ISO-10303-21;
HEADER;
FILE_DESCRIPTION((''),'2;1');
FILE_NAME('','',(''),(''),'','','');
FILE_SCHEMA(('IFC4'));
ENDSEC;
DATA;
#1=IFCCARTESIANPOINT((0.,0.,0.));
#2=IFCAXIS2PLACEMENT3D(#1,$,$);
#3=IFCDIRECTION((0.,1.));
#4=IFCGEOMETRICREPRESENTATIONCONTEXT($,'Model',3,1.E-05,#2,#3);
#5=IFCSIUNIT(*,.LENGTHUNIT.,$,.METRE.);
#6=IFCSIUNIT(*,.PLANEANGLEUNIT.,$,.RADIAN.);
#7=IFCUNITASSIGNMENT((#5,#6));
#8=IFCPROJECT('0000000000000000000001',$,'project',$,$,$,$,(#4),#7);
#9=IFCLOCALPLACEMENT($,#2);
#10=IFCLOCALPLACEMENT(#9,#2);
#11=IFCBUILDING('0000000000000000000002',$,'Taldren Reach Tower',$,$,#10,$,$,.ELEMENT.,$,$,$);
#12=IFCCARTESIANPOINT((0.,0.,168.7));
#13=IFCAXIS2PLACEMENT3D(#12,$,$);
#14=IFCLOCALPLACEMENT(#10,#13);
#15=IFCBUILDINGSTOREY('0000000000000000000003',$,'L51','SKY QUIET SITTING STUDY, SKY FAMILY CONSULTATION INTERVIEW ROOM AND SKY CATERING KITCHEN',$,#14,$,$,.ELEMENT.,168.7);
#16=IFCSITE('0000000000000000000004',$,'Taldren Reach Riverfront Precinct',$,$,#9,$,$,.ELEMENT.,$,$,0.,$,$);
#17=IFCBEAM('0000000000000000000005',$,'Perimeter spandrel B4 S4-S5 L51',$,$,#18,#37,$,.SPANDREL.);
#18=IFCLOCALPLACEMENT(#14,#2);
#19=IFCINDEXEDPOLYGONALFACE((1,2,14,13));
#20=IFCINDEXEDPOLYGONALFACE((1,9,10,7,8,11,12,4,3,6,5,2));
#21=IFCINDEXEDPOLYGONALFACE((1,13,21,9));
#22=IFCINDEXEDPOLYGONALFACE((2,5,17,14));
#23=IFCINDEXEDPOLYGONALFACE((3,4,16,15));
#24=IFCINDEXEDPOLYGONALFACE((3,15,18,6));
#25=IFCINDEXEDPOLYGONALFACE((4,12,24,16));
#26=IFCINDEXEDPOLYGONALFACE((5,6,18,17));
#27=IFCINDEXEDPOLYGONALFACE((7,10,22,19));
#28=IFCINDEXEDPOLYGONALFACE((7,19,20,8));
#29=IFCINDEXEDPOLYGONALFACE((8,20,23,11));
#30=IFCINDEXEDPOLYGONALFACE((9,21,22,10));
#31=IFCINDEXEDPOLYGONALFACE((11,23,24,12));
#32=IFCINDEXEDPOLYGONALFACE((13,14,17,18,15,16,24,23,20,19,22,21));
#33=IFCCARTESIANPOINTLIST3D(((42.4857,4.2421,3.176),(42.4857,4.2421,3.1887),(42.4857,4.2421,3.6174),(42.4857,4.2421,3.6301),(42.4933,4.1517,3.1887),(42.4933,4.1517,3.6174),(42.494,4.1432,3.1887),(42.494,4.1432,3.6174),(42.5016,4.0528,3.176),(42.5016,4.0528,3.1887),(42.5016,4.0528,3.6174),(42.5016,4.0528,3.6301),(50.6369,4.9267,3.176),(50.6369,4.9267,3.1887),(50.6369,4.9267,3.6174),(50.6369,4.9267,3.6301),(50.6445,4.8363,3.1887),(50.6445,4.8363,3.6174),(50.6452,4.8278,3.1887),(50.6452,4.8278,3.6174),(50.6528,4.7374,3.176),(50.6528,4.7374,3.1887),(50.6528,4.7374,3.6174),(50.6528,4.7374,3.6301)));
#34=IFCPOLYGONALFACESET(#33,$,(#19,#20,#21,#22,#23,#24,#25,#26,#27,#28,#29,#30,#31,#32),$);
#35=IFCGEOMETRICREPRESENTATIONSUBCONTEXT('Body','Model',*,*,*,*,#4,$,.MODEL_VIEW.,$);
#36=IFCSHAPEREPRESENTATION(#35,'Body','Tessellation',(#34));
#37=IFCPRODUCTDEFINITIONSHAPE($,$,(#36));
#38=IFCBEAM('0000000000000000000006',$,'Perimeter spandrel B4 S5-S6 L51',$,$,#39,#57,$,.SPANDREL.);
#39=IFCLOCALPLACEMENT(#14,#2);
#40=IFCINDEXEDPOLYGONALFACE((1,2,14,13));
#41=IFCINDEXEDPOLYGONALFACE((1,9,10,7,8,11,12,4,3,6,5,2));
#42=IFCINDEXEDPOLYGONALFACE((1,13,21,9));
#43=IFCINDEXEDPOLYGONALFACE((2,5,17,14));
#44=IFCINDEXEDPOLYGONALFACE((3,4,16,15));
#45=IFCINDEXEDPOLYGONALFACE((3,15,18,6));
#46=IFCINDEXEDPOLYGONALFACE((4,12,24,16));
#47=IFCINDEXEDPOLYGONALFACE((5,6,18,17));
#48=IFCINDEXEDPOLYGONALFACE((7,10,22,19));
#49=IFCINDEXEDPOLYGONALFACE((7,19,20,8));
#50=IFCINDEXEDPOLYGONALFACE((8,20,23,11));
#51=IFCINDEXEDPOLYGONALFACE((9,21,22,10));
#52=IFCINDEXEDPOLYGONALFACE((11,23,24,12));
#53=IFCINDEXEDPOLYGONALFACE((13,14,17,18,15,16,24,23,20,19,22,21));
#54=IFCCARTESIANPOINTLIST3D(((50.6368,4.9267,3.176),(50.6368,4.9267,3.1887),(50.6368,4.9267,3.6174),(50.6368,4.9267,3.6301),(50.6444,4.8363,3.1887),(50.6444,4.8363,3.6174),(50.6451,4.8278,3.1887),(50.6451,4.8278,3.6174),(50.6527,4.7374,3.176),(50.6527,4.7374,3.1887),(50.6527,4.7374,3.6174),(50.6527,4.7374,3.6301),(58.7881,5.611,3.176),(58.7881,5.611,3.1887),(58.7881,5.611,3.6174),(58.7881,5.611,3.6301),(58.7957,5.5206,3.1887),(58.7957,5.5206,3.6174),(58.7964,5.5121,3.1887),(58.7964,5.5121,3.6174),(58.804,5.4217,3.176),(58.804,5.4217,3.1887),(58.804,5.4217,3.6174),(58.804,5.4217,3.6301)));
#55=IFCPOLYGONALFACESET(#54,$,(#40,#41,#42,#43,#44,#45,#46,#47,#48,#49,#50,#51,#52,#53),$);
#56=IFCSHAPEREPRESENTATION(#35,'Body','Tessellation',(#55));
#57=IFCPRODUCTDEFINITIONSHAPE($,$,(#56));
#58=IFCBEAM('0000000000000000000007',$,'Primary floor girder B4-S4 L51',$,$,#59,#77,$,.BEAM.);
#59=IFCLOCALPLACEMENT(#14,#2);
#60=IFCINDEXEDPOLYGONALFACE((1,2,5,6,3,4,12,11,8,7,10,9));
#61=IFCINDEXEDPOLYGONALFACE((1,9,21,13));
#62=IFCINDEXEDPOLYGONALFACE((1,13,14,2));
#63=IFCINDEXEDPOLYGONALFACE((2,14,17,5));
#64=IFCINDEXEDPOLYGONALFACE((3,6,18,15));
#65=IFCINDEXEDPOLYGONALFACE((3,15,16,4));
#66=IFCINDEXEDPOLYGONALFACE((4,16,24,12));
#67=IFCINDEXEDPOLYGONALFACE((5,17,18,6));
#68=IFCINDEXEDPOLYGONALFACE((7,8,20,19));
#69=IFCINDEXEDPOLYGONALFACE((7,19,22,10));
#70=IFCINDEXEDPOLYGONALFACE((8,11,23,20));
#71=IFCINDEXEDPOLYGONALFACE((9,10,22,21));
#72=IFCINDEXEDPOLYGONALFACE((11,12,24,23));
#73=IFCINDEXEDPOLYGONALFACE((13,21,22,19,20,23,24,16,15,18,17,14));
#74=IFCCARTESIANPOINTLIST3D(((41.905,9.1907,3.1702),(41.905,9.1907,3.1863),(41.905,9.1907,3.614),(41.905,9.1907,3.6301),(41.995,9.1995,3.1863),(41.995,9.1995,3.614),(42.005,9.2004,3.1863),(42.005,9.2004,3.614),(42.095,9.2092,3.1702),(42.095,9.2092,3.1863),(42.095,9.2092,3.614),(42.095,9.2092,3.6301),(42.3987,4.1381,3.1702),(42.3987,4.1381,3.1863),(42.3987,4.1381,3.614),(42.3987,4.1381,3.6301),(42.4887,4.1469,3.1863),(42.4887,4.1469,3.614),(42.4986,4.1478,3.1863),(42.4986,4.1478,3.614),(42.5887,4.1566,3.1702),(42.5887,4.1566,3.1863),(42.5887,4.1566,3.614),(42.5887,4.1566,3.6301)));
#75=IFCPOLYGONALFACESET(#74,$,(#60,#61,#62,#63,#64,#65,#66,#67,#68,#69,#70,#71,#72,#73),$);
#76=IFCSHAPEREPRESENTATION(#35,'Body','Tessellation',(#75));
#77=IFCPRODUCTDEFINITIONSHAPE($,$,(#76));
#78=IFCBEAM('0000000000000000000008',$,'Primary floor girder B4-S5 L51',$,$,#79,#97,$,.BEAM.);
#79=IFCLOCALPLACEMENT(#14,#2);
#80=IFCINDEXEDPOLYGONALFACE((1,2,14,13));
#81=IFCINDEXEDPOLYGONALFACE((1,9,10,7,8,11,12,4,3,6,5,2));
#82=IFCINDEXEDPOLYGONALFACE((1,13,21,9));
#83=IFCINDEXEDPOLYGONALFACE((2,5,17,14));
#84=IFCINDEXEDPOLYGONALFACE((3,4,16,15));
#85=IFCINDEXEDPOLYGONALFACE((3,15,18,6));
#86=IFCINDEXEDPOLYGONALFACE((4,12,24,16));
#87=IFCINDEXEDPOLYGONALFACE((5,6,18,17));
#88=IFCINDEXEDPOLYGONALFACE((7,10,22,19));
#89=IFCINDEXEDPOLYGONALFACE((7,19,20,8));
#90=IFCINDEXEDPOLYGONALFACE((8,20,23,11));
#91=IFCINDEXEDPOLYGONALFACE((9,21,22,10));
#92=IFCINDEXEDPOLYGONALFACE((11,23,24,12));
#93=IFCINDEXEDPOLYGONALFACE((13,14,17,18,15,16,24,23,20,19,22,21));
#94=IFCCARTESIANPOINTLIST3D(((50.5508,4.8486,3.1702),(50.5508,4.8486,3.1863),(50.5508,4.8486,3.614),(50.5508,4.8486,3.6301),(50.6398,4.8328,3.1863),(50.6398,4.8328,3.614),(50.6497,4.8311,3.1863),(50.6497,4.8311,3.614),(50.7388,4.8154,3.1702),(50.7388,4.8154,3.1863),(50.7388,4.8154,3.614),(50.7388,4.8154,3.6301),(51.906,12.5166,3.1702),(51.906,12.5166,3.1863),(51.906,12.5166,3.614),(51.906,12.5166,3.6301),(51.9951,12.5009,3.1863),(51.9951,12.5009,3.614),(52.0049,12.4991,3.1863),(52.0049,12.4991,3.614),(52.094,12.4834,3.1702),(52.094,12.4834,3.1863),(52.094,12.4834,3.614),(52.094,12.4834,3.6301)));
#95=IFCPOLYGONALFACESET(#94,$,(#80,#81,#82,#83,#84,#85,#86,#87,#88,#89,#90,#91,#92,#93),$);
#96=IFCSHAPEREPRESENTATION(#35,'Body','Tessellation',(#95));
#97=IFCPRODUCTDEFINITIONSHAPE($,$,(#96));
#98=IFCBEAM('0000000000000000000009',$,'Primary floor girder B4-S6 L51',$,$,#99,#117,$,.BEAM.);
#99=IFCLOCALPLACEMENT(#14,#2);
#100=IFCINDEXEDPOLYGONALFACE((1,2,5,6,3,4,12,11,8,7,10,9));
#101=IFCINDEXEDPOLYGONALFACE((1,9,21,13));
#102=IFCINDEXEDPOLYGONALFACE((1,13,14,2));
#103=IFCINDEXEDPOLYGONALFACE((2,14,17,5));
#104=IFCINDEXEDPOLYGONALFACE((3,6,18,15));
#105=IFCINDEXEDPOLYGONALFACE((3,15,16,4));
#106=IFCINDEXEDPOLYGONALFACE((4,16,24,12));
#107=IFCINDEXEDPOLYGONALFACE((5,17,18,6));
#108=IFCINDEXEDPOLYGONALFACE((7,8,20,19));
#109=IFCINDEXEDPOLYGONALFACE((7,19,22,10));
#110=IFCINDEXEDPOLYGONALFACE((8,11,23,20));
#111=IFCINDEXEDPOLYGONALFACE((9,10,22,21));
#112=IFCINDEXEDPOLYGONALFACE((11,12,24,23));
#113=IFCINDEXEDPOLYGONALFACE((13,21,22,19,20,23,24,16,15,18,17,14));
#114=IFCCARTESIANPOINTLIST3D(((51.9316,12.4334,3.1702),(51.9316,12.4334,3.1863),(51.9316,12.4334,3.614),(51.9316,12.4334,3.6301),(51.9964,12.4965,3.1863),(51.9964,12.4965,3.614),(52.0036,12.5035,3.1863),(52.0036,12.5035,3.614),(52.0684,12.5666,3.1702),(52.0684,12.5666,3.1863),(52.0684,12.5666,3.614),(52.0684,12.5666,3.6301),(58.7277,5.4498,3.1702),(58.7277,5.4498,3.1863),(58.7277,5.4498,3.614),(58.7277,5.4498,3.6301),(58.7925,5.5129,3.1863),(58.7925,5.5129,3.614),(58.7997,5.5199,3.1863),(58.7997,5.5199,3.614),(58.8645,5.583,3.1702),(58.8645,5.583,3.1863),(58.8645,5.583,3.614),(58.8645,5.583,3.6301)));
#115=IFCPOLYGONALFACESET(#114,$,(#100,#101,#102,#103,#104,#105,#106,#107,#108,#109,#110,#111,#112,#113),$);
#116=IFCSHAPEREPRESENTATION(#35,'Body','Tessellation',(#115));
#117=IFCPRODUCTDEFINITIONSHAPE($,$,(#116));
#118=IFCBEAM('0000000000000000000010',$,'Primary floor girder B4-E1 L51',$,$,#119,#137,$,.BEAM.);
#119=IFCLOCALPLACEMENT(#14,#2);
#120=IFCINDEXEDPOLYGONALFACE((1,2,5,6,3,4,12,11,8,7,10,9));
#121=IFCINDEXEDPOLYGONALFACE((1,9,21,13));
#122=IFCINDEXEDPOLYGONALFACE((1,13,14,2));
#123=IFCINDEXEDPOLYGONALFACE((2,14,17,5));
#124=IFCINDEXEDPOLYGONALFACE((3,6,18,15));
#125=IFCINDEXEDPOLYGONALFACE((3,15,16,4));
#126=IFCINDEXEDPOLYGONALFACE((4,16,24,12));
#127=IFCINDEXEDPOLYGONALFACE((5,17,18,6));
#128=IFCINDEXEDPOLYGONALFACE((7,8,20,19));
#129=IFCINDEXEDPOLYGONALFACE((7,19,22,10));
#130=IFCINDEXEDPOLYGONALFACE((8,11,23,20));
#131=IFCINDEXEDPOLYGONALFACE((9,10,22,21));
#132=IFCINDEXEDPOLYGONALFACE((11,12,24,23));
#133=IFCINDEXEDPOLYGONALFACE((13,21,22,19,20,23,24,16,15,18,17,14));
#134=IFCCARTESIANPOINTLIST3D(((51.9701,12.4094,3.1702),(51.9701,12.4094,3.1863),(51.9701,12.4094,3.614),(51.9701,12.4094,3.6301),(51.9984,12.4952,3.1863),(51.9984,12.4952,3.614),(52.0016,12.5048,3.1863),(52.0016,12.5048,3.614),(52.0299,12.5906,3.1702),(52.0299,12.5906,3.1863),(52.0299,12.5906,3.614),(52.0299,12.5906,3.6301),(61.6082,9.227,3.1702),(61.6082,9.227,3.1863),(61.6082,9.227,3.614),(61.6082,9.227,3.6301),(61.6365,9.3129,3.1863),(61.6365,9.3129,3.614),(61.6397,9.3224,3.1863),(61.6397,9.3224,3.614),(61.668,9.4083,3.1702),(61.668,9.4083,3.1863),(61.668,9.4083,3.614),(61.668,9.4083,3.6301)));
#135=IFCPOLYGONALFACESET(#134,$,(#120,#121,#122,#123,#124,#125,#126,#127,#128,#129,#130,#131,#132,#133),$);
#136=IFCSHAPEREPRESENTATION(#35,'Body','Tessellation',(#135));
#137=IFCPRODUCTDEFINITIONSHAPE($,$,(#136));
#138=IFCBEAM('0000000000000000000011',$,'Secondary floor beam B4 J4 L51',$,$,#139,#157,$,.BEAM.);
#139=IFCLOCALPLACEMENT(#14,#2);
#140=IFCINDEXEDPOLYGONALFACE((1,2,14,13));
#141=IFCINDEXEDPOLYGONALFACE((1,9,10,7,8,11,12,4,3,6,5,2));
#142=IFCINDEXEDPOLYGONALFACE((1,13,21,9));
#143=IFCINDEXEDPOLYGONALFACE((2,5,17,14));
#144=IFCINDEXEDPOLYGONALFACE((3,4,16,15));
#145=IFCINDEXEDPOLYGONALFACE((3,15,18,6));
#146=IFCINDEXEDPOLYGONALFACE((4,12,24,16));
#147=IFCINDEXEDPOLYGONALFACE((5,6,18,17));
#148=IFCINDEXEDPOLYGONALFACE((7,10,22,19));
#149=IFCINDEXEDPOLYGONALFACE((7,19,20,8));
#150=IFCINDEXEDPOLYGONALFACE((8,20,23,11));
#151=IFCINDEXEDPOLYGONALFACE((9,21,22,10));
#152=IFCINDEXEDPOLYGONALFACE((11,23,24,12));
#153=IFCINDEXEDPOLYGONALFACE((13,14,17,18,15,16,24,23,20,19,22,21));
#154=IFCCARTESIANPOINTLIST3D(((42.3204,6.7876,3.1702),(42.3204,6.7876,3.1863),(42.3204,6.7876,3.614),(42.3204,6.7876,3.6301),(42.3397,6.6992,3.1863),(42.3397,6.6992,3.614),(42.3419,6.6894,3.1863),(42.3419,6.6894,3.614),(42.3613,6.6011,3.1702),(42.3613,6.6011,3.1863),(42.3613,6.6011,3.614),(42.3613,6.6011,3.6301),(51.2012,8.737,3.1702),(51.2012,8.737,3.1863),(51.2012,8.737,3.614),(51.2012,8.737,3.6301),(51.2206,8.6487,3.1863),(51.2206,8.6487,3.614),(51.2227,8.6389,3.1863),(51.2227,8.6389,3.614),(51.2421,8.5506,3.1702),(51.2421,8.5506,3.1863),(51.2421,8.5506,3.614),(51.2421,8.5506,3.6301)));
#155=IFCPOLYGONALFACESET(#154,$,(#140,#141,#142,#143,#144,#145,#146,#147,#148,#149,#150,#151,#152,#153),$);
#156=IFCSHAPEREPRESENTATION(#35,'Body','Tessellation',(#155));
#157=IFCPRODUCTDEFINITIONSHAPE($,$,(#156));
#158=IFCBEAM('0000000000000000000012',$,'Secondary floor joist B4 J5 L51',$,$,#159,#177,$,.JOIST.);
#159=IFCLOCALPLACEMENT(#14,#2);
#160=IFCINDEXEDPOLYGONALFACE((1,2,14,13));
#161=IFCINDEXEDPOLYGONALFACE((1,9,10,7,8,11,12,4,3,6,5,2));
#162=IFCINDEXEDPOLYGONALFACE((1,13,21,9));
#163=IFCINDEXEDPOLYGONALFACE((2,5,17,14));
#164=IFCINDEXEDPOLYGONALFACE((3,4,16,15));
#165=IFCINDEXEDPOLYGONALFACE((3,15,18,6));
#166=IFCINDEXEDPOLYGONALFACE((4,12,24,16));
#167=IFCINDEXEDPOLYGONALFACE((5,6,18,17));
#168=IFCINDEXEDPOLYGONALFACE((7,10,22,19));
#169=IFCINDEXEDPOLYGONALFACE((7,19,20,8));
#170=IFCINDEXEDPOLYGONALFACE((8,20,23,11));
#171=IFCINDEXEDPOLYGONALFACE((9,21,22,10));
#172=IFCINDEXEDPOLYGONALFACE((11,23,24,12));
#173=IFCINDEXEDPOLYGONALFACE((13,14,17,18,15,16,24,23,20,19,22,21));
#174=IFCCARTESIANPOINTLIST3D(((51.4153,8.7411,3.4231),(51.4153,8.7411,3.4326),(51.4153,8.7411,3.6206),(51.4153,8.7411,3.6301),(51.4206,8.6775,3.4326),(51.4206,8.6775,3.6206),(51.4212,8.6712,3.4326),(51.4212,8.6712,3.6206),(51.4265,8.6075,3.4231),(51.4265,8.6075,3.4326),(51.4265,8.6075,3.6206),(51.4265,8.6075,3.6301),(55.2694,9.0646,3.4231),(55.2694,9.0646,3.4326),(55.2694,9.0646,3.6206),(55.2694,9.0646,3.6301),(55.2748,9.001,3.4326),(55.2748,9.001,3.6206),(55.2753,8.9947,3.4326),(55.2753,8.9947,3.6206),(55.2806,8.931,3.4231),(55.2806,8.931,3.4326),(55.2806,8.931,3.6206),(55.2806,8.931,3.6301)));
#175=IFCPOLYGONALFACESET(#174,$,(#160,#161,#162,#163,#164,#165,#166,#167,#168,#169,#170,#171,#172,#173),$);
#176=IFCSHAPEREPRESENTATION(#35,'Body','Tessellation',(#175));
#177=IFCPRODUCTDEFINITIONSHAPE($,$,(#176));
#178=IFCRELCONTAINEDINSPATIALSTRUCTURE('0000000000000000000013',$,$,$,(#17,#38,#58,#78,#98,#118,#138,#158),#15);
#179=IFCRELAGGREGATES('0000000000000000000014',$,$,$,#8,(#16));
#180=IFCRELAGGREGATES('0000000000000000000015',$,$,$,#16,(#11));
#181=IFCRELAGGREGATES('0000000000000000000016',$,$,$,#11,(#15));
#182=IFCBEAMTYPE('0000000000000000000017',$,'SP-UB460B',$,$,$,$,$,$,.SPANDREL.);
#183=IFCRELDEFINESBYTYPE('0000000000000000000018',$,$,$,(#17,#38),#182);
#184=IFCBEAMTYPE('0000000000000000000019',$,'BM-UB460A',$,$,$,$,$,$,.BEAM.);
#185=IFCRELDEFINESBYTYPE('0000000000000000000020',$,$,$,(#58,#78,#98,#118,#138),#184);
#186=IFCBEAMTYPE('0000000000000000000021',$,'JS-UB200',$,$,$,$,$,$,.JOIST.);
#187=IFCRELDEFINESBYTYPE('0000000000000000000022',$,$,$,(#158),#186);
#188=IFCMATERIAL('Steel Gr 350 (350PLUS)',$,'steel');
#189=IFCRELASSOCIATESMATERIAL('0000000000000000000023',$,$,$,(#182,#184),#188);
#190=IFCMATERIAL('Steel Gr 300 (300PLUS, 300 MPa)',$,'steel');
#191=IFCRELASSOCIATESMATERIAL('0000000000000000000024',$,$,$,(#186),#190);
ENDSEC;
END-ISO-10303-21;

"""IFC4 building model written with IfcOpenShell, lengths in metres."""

from ifc_helpers import new_model, si_unit, direction, frame, origin, origin_2d, place, context, subcontext, project, spatial, i_section, extrude, source, transform, mapped, material, material_profile, profile_set, type_object, element, save


model = new_model("IFC4")

# Units and contexts
model_context = context("Model", 3, precision=1e-05, world=origin(), true_north=direction((0.0, 1.0)))
body_context = subcontext(model_context, "Body", "Model", "MODEL_VIEW")
ifc_project = project(units=[si_unit("LENGTHUNIT", "METRE"), si_unit("PLANEANGLEUNIT", "RADIAN")], contexts=[model_context])

# Site, building, storey
site_placement = place(None, origin())
site = spatial("IfcSite", under=ifc_project, at=site_placement, Name="Taldren Reach Riverfront Precinct", CompositionType="ELEMENT", RefElevation=0.0)
building_placement = place(site_placement, origin())
building = spatial("IfcBuilding", under=site, at=building_placement, Name="Taldren Reach Tower", CompositionType="ELEMENT")
storey_placement = place(building_placement, frame((0.0, 0.0, 168.7)))
storey = spatial("IfcBuildingStorey", under=building, at=storey_placement, Name="L51", Description="SKY QUIET SITTING STUDY, SKY FAMILY CONSULTATION INTERVIEW ROOM AND SKY CATERING KITCHEN", CompositionType="ELEMENT", Elevation=168.7)

# Shared definitions
ifc_material_1 = material(Name="Steel Gr 350 (350PLUS)", Category="steel")

# Beams
ifc_material_profile_1 = material_profile(ifc_material_1, i_section(OverallWidth=0.1899, OverallDepth=0.4541, WebThickness=0.0085, FlangeThickness=0.0127, at=origin_2d()), Name="460UB67.1")
ifc_profile_set_1 = profile_set([ifc_material_profile_1], Name="Steel Gr 350 (350PLUS)")
beam_type_1 = type_object("IfcBeamType", Name="SP-UB460B", PredefinedType="SPANDREL", material=ifc_profile_set_1)
shared_shape_1 = source(origin(), body_context, "Body", "SweptSolid", [
    extrude(i_section(OverallWidth=0.1899, OverallDepth=0.4541, WebThickness=0.0085, FlangeThickness=0.0127, at=origin_2d()), origin(), (0.0, 0.0, 1.0), 8.1799),
])
for number, where, z_axis, x_axis, name in (
    (1, (42.4937, 4.1475, 3.4031), (0.996492, 0.08369, 0.0), (-0.08369, 0.996492, 0.0), "Perimeter spandrel B4 S4-S5 L51"),
    (2, (50.6448, 4.832, 3.4031), (0.996495, 0.083658, 0.0), (-0.083658, 0.996495, 0.0), "Perimeter spandrel B4 S5-S6 L51"),
):
    element("IfcBeam", number, at=place(storey_placement, frame(where, z_axis=z_axis, x_axis=x_axis)), inside=storey, type_object=beam_type_1, Name=name, PredefinedType="SPANDREL", context=body_context, shape_type="MappedRepresentation", body=[
        mapped(shared_shape_1, transform((0.0, 0.0, 0.0), scale=1.0)),
    ])
ifc_material_profile_2 = material_profile(ifc_material_1, i_section(OverallWidth=0.1909, OverallDepth=0.46, WebThickness=0.01, FlangeThickness=0.0161, at=origin_2d()), Name="460UB82.1")
ifc_profile_set_2 = profile_set([ifc_material_profile_2], Name="Steel Gr 350 (350PLUS)")
beam_type_2 = type_object("IfcBeamType", Name="BM-UB460A", PredefinedType="BEAM", material=ifc_profile_set_2)
shared_shape_2 = source(origin(), body_context, "Body", "SweptSolid", [
    extrude(i_section(OverallWidth=0.1909, OverallDepth=0.46, WebThickness=0.01, FlangeThickness=0.0161, at=origin_2d()), origin(), (0.0, 0.0, 1.0), 5.0767),
])
beam_1_placement = place(storey_placement, frame((42.0, 9.2, 3.4001), z_axis=(0.097242, -0.995261, 0.0), x_axis=(0.995261, 0.097242, 0.0)))
element("IfcBeam", 3, at=beam_1_placement, inside=storey, type_object=beam_type_2, Name="Primary floor girder B4-S4 L51", PredefinedType="BEAM", context=body_context, shape_type="MappedRepresentation", body=[
    mapped(shared_shape_2, transform((0.0, 0.0, 0.0), scale=1.0)),
])
shared_shape_3 = source(origin(), body_context, "Body", "SweptSolid", [
    extrude(i_section(OverallWidth=0.1909, OverallDepth=0.46, WebThickness=0.01, FlangeThickness=0.0161, at=origin_2d()), origin(), (0.0, 0.0, 1.0), 7.7869),
])
beam_2_placement = place(storey_placement, frame((52.0, 12.5, 3.4001), z_axis=(-0.174041, -0.984738, 0.0), x_axis=(0.984738, -0.174041, 0.0)))
element("IfcBeam", 4, at=beam_2_placement, inside=storey, type_object=beam_type_2, Name="Primary floor girder B4-S5 L51", PredefinedType="BEAM", context=body_context, shape_type="MappedRepresentation", body=[
    mapped(shared_shape_3, transform((0.0, 0.0, 0.0), scale=1.0)),
])
shared_shape_4 = source(origin(), body_context, "Body", "SweptSolid", [
    extrude(i_section(OverallWidth=0.1909, OverallDepth=0.46, WebThickness=0.01, FlangeThickness=0.0161, at=origin_2d()), origin(), (0.0, 0.0, 1.0), 9.7446),
])
beam_3_placement = place(storey_placement, frame((52.0, 12.5, 3.4001), z_axis=(0.697421, -0.716662, 0.0), x_axis=(0.716662, 0.697421, 0.0)))
element("IfcBeam", 5, at=beam_3_placement, inside=storey, type_object=beam_type_2, Name="Primary floor girder B4-S6 L51", PredefinedType="BEAM", context=body_context, shape_type="MappedRepresentation", body=[
    mapped(shared_shape_4, transform((0.0, 0.0, 0.0), scale=1.0)),
])
shared_shape_5 = source(origin(), body_context, "Body", "SweptSolid", [
    extrude(i_section(OverallWidth=0.1909, OverallDepth=0.46, WebThickness=0.01, FlangeThickness=0.0161, at=origin_2d()), origin(), (0.0, 0.0, 1.0), 10.1499),
])
beam_4_placement = place(storey_placement, frame((52.0, 12.5, 3.4001), z_axis=(0.949577, -0.313535, 0.0), x_axis=(0.313535, 0.949577, 0.0)))
element("IfcBeam", 6, at=beam_4_placement, inside=storey, type_object=beam_type_2, Name="Primary floor girder B4-E1 L51", PredefinedType="BEAM", context=body_context, shape_type="MappedRepresentation", body=[
    mapped(shared_shape_5, transform((0.0, 0.0, 0.0), scale=1.0)),
])
shared_shape_6 = source(origin(), body_context, "Body", "SweptSolid", [
    extrude(i_section(OverallWidth=0.1909, OverallDepth=0.46, WebThickness=0.01, FlangeThickness=0.0161, at=origin_2d()), origin(), (0.0, 0.0, 1.0), 9.0923),
])
beam_5_placement = place(storey_placement, frame((42.3408, 6.6943, 3.4001), z_axis=(0.976744, 0.214408, 0.0), x_axis=(-0.214408, 0.976744, 0.0)))
element("IfcBeam", 7, at=beam_5_placement, inside=storey, type_object=beam_type_2, Name="Secondary floor beam B4 J4 L51", PredefinedType="BEAM", context=body_context, shape_type="MappedRepresentation", body=[
    mapped(shared_shape_6, transform((0.0, 0.0, 0.0), scale=1.0)),
])
ifc_material_2 = material(Name="Steel Gr 300 (300PLUS, 300 MPa)", Category="steel")
ifc_material_profile_3 = material_profile(ifc_material_2, i_section(OverallWidth=0.134, OverallDepth=0.207, WebThickness=0.0063, FlangeThickness=0.0095, at=origin_2d()), Name="200UB29.8")
ifc_profile_set_3 = profile_set([ifc_material_profile_3], Name="Steel Gr 300 (300PLUS, 300 MPa)")
beam_type_3 = type_object("IfcBeamType", Name="JS-UB200", PredefinedType="JOIST", material=ifc_profile_set_3)
shared_shape_7 = source(origin(), body_context, "Body", "SweptSolid", [
    extrude(i_section(OverallWidth=0.134, OverallDepth=0.207, WebThickness=0.0063, FlangeThickness=0.0095, at=origin_2d()), origin(), (0.0, 0.0, 1.0), 3.8677),
])
beam_6_placement = place(storey_placement, frame((51.4209, 8.6743, 3.5266), z_axis=(0.996496, 0.083641, 0.0), x_axis=(-0.083641, 0.996496, 0.0)))
element("IfcBeam", 8, at=beam_6_placement, inside=storey, type_object=beam_type_3, Name="Secondary floor joist B4 J5 L51", PredefinedType="JOIST", context=body_context, shape_type="MappedRepresentation", body=[
    mapped(shared_shape_7, transform((0.0, 0.0, 0.0), scale=1.0)),
])

save(model, "model.ifc")
